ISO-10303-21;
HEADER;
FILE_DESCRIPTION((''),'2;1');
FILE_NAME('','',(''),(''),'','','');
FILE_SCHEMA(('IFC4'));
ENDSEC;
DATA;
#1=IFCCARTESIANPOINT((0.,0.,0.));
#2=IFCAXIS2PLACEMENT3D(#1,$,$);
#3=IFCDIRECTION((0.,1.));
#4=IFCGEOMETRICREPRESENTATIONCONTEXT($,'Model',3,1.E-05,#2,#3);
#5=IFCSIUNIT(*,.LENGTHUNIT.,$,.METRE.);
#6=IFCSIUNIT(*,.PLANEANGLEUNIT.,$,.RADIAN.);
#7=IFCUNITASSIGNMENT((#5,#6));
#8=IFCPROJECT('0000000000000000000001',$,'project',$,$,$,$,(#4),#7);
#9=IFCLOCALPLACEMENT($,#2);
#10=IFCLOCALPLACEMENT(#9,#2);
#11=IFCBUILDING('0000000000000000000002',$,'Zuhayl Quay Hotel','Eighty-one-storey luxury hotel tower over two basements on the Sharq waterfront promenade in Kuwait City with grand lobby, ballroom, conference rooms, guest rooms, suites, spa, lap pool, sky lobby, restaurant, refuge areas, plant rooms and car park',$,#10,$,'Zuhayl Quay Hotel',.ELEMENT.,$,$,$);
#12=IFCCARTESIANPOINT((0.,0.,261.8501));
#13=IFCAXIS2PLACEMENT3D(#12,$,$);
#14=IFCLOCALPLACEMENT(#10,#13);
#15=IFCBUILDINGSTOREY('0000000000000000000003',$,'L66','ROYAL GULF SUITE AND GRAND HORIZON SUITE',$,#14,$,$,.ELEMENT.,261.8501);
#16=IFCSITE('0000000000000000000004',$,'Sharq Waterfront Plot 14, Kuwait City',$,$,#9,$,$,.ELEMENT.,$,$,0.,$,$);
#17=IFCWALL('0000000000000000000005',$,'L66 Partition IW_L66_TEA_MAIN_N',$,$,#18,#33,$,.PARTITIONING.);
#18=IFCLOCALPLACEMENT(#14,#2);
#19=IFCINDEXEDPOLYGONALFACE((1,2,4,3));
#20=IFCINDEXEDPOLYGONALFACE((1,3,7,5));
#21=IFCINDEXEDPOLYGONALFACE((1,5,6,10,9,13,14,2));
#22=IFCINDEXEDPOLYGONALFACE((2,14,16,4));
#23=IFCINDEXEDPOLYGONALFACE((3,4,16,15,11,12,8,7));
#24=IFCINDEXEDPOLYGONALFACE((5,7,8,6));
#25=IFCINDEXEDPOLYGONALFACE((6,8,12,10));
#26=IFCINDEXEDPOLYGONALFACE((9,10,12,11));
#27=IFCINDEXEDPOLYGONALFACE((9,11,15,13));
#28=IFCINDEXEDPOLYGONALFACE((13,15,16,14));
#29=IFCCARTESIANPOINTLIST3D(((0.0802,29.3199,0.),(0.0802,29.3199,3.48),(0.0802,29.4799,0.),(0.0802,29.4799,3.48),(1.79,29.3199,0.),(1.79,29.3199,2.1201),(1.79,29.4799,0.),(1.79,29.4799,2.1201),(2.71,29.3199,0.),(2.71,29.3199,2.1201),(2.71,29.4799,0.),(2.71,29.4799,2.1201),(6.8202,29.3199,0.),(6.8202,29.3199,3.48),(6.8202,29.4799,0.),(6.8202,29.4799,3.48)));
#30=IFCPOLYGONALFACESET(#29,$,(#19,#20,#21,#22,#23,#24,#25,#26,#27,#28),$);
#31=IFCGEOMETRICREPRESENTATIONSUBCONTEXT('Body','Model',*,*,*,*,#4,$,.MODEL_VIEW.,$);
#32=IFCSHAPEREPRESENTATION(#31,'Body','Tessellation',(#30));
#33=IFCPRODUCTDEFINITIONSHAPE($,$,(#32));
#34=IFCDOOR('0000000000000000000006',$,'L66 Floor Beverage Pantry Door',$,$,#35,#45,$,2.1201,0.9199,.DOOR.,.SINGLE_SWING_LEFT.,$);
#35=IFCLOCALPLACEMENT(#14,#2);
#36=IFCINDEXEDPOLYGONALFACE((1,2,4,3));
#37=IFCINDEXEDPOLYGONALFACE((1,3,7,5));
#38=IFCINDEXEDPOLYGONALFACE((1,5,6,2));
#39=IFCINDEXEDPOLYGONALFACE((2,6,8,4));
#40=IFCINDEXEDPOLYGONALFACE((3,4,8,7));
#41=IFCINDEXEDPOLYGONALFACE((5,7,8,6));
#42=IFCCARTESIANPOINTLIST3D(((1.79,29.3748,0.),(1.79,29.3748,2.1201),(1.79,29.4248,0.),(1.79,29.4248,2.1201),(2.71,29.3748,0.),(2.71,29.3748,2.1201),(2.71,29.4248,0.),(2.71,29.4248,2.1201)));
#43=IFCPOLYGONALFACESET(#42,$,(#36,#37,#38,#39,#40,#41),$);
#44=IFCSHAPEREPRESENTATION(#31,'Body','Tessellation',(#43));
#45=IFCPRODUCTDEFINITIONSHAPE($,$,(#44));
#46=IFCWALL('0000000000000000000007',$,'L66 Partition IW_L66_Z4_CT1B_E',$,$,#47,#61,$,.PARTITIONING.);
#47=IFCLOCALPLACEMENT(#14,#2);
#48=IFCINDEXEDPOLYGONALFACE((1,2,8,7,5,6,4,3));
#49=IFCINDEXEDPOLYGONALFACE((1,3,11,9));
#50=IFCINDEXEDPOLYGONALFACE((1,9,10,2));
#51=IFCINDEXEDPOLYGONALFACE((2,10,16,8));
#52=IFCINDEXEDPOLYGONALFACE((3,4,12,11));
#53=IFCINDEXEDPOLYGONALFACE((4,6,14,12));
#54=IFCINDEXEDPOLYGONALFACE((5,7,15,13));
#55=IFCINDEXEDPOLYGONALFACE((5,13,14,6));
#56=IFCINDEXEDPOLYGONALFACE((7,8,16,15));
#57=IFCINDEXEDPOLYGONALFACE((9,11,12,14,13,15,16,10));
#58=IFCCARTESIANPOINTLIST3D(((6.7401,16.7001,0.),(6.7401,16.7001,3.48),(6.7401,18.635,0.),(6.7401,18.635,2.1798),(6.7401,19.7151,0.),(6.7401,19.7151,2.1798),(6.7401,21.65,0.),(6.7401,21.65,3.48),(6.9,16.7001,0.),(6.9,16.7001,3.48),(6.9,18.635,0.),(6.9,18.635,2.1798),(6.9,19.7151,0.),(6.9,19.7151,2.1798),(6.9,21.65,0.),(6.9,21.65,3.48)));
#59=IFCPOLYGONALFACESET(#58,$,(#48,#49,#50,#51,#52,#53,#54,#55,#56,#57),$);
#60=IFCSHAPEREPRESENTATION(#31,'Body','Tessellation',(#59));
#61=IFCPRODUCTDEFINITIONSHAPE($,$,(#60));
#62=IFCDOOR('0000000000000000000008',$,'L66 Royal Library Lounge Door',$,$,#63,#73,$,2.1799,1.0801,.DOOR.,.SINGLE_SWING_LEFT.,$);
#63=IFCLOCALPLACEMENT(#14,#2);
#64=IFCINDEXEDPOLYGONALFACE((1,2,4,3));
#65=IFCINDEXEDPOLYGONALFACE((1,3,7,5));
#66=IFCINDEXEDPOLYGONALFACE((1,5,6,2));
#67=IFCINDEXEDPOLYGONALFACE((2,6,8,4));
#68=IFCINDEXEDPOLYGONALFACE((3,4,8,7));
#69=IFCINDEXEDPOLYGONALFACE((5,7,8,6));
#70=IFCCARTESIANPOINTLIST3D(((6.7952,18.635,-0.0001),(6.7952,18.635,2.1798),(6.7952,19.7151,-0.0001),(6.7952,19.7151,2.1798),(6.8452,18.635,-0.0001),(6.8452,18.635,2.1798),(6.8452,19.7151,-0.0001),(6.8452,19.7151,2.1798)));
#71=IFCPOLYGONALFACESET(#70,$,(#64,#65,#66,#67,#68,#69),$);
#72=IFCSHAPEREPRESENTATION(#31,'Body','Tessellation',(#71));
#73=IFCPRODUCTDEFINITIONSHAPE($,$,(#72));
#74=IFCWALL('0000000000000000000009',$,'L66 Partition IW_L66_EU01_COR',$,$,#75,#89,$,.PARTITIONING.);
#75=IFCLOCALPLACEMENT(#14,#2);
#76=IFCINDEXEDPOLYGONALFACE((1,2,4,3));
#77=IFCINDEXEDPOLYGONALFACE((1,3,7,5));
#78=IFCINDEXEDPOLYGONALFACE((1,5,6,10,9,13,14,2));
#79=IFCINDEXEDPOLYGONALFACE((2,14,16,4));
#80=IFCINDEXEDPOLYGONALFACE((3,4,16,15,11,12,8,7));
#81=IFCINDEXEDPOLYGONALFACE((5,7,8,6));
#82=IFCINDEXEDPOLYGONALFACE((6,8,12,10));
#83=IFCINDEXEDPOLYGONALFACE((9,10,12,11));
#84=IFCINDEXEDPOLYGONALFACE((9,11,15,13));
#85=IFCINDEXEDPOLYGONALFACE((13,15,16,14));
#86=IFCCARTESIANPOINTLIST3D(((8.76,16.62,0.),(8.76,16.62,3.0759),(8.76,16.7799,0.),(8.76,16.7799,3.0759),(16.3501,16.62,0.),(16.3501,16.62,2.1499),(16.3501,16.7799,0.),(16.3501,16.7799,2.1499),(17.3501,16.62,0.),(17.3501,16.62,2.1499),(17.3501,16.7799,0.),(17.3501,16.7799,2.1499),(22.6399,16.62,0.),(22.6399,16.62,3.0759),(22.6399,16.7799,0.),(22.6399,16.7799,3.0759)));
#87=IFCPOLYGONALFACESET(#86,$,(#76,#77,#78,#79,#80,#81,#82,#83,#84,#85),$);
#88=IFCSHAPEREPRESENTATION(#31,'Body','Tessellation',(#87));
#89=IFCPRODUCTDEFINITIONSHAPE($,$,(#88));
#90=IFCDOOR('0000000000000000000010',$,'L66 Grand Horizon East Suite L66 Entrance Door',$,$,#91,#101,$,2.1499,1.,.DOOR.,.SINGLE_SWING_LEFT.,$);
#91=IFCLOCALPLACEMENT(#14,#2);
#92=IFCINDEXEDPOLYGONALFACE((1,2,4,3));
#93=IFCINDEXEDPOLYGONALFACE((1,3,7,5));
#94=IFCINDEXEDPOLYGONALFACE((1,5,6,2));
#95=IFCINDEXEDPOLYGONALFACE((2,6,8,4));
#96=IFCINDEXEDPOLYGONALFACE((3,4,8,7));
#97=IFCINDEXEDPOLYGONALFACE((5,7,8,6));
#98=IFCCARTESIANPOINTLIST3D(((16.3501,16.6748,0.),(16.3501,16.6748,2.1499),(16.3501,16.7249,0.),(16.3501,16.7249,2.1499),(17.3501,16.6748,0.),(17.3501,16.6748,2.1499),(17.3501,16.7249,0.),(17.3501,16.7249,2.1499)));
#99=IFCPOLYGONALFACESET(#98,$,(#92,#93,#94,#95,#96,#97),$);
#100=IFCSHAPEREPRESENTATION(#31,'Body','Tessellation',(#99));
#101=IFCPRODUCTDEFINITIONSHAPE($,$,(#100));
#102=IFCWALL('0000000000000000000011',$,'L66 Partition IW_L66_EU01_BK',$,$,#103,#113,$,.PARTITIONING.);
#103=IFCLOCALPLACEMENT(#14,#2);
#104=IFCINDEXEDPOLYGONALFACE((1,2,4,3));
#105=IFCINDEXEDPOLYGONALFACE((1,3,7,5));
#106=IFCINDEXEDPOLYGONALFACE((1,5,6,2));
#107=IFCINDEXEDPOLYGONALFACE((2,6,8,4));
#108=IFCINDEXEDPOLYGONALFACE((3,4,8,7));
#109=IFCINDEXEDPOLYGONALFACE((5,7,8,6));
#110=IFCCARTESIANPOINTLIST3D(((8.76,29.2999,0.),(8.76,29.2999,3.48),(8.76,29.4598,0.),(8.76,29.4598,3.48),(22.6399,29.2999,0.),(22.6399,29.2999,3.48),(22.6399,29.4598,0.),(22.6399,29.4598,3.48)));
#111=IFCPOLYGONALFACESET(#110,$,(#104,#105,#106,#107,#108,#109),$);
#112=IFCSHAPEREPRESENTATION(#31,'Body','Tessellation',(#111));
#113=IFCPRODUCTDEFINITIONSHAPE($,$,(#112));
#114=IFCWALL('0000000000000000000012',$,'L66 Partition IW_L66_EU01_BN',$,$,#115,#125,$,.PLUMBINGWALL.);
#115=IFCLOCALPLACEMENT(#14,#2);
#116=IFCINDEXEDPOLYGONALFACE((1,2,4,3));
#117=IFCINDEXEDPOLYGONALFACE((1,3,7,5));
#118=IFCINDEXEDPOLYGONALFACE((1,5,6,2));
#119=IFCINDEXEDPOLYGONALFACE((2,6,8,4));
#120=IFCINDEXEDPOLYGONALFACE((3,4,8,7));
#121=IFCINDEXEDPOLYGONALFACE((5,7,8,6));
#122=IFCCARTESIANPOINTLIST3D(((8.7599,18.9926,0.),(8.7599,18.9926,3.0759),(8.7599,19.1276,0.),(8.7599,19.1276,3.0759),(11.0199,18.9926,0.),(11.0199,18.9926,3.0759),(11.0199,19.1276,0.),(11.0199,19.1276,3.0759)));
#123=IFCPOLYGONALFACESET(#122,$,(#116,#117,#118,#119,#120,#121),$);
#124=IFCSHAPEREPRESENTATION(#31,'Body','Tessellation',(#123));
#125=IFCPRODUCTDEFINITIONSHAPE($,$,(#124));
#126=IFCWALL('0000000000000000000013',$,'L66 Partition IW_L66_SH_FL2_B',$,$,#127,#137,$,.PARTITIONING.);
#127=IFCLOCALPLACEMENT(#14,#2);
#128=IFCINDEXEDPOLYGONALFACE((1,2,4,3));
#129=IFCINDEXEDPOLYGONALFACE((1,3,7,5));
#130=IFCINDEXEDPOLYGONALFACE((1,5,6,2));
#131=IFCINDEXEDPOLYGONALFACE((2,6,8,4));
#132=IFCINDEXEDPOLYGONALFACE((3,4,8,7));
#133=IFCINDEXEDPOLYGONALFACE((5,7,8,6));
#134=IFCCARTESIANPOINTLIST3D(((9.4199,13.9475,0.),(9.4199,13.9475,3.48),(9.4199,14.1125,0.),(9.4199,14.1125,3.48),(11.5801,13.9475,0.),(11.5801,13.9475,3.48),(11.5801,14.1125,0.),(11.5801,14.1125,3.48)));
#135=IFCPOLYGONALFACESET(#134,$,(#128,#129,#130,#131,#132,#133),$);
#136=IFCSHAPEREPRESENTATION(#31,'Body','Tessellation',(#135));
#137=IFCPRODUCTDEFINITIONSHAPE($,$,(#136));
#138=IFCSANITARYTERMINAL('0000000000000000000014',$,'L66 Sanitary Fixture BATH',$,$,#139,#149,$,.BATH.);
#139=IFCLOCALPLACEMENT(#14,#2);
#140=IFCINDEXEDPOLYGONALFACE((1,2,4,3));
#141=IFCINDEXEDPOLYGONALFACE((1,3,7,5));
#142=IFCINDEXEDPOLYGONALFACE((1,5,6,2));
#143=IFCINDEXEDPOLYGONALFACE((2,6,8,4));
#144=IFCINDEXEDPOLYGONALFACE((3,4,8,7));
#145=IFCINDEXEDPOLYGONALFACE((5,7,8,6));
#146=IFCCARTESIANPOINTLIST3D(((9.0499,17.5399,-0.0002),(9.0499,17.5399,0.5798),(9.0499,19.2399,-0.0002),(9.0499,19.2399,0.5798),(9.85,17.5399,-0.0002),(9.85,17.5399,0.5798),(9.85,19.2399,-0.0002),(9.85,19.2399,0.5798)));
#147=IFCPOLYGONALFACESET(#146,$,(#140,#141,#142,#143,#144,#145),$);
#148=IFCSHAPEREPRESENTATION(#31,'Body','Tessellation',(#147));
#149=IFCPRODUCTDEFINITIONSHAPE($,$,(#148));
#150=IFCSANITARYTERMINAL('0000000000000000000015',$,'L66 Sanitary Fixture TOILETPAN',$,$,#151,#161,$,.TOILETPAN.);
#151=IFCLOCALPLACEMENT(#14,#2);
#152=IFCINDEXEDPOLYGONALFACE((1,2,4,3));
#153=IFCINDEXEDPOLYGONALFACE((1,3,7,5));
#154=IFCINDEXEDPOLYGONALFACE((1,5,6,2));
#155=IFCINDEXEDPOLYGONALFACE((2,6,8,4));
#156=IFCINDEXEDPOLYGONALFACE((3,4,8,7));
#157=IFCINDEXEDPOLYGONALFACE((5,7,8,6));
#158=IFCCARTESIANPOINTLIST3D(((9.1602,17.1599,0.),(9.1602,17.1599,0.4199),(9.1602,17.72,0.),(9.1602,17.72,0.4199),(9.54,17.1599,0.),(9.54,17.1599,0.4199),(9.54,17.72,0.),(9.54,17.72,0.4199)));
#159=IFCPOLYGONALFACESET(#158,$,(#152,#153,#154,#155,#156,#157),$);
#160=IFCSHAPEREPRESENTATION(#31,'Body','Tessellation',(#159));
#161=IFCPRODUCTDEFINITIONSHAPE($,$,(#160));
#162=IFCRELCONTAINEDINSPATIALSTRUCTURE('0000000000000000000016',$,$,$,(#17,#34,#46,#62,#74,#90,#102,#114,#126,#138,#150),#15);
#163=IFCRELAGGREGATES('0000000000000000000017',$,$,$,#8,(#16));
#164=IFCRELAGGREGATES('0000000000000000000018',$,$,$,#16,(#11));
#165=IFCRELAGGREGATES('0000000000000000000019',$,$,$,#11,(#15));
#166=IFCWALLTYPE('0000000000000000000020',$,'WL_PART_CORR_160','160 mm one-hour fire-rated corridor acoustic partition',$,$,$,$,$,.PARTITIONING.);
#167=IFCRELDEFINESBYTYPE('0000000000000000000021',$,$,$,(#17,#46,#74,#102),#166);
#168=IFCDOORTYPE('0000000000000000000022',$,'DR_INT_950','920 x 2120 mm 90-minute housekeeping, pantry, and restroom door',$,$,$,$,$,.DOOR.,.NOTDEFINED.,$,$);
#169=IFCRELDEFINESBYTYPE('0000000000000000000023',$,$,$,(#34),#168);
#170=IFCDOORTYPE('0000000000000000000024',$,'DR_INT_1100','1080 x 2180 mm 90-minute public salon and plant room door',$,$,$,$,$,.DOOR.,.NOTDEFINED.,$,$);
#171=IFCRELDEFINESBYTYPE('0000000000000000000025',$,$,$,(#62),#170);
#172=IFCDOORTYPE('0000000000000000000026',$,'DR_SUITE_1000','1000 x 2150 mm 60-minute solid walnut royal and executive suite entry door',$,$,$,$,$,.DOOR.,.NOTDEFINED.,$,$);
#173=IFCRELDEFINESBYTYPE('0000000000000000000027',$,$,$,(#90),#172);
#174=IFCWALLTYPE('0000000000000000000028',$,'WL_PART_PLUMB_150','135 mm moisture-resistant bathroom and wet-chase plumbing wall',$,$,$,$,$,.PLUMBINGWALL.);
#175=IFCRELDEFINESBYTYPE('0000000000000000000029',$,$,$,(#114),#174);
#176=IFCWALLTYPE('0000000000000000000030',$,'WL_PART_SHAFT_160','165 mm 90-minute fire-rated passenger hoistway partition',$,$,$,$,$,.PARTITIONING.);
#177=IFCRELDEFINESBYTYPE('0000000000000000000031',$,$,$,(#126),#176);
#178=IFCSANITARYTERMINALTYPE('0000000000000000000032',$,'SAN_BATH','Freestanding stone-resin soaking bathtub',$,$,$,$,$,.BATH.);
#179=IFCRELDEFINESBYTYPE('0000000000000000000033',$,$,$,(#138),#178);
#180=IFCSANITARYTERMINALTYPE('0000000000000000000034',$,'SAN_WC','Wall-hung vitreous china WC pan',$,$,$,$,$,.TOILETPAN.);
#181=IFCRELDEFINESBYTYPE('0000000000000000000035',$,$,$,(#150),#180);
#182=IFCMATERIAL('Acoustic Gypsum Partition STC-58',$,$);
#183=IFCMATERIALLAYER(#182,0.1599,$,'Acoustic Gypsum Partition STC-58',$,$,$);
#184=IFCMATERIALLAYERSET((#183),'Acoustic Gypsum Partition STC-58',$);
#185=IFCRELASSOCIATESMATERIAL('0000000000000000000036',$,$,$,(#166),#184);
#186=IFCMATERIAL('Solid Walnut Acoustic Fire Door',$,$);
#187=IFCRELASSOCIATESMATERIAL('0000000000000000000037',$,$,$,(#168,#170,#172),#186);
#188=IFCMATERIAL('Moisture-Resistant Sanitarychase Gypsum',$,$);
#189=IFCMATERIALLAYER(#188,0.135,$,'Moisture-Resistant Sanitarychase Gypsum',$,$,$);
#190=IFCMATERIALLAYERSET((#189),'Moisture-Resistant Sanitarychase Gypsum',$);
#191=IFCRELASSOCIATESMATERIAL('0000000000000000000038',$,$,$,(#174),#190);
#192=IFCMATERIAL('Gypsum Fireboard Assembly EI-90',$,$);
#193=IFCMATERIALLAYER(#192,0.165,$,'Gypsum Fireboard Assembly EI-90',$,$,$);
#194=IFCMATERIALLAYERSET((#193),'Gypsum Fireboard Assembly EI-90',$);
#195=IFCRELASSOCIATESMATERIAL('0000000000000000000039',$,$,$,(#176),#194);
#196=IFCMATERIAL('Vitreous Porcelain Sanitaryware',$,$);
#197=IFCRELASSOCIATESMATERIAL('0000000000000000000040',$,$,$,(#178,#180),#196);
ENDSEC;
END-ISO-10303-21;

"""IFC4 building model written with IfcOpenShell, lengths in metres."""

from ifc_helpers import new_model, si_unit, direction, frame, frame_2d, origin, origin_2d, place, context, subcontext, project, spatial, rectangle, extrude, material, layer, layer_set, type_object, element, fill, save


model = new_model("IFC4")

# Units and contexts
model_context = context("Model", 3, precision=1e-05, world=origin(), true_north=direction((0.0, 1.0)))
body_context = subcontext(model_context, "Body", "Model", "MODEL_VIEW")
ifc_project = project(units=[si_unit("LENGTHUNIT", "METRE"), si_unit("PLANEANGLEUNIT", "RADIAN")], contexts=[model_context])

# Site, building, storey
site_placement = place(None, origin())
site = spatial("IfcSite", under=ifc_project, at=site_placement, Name="Sharq Waterfront Plot 14, Kuwait City", CompositionType="ELEMENT", RefElevation=0.0)
building_placement = place(site_placement, origin())
building = spatial("IfcBuilding", under=site, at=building_placement, Name="Zuhayl Quay Hotel", Description="Eighty-one-storey luxury hotel tower over two basements on the Sharq waterfront promenade in Kuwait City with grand lobby, ballroom, conference rooms, guest rooms, suites, spa, lap pool, sky lobby, restaurant, refuge areas, plant rooms and car park", LongName="Zuhayl Quay Hotel", CompositionType="ELEMENT")
storey_placement = place(building_placement, frame((0.0, 0.0, 261.8501)))
storey = spatial("IfcBuildingStorey", under=building, at=storey_placement, Name="L66", Description="ROYAL GULF SUITE AND GRAND HORIZON SUITE", CompositionType="ELEMENT", Elevation=261.8501)

# Shared definitions
ifc_material_1 = material(Name="Acoustic Gypsum Partition STC-58")

# Walls, openings, doors
ifc_layer_1 = layer(ifc_material_1, 0.1599, Name="Acoustic Gypsum Partition STC-58")
ifc_layer_set_1 = layer_set([ifc_layer_1], Name="Acoustic Gypsum Partition STC-58")
wall_type_1 = type_object("IfcWallType", Name="WL_PART_CORR_160", Description="160 mm one-hour fire-rated corridor acoustic partition", PredefinedType="PARTITIONING", material=ifc_layer_set_1)
wall_1_placement = place(storey_placement, frame((0.0801, 29.3999, 0.0), z_axis=(0.0, 0.0, 1.0), x_axis=(1.0, 0.0, 0.0)))
wall_1 = element("IfcWall", 1, at=wall_1_placement, inside=storey, type_object=wall_type_1, Name="L66 Partition IW_L66_TEA_MAIN_N", PredefinedType="PARTITIONING", context=body_context, shape_type="SweptSolid", body=[
    extrude(rectangle(XDim=6.74, YDim=0.1599, at=frame_2d((3.3701, 0.0))), origin(), (0.0, 0.0, 1.0), 3.48),
])
opening_1_placement = place(wall_1_placement, frame((1.71, 0.0, 0.0)))
opening_1 = element("IfcOpeningElement", 2, at=opening_1_placement, cuts=wall_1, PredefinedType="OPENING", context=body_context, shape_type="SweptSolid", body=[
    extrude(rectangle(XDim=0.9199, YDim=2.1201, at=frame_2d((0.46, 1.0601))), frame((0.0, 0.0898, 0.0), z_axis=(0.0, -1.0, 0.0), x_axis=(1.0, 0.0, 0.0)), (0.0, 0.0, 1.0), 0.1799),
])
ifc_material_2 = material(Name="Solid Walnut Acoustic Fire Door")
door_type_1 = type_object("IfcDoorType", Name="DR_INT_950", Description="920 x 2120 mm 90-minute housekeeping, pantry, and restroom door", OperationType="NOTDEFINED", PredefinedType="DOOR", material=ifc_material_2)
door_1_placement = place(opening_1_placement, origin())
door_1 = element("IfcDoor", 3, at=door_1_placement, inside=storey, type_object=door_type_1, Name="L66 Floor Beverage Pantry Door", OperationType="SINGLE_SWING_LEFT", OverallHeight=2.1201, OverallWidth=0.9199, PredefinedType="DOOR", context=body_context, shape_type="SweptSolid", body=[
    extrude(rectangle(XDim=0.9199, YDim=2.1201, at=frame_2d((0.46, 1.0601))), frame((0.0, 0.0249, 0.0), z_axis=(0.0, -1.0, 0.0), x_axis=(1.0, 0.0, 0.0)), (0.0, 0.0, 1.0), 0.05),
])
fill(opening_1, door_1)
wall_2_placement = place(storey_placement, frame((6.8201, 16.7, 0.0), z_axis=(0.0, 0.0, 1.0), x_axis=(0.0, 1.0, 0.0)))
wall_2 = element("IfcWall", 4, at=wall_2_placement, inside=storey, type_object=wall_type_1, Name="L66 Partition IW_L66_Z4_CT1B_E", PredefinedType="PARTITIONING", context=body_context, shape_type="SweptSolid", body=[
    extrude(rectangle(XDim=4.95, YDim=0.1599, at=frame_2d((2.4751, 0.0))), origin(), (0.0, 0.0, 1.0), 3.48),
])
opening_2_placement = place(wall_2_placement, frame((1.9351, 0.0, 0.0)))
opening_2 = element("IfcOpeningElement", 5, at=opening_2_placement, cuts=wall_2, PredefinedType="OPENING", context=body_context, shape_type="SweptSolid", body=[
    extrude(rectangle(XDim=1.0801, YDim=2.1799, at=frame_2d((0.54, 1.0898))), frame((0.0, 0.0898, 0.0), z_axis=(0.0, -1.0, 0.0), x_axis=(1.0, 0.0, 0.0)), (0.0, 0.0, 1.0), 0.1799),
])
door_type_2 = type_object("IfcDoorType", Name="DR_INT_1100", Description="1080 x 2180 mm 90-minute public salon and plant room door", OperationType="NOTDEFINED", PredefinedType="DOOR", material=ifc_material_2)
door_2_placement = place(opening_2_placement, origin())
door_2 = element("IfcDoor", 6, at=door_2_placement, inside=storey, type_object=door_type_2, Name="L66 Royal Library Lounge Door", OperationType="SINGLE_SWING_LEFT", OverallHeight=2.1799, OverallWidth=1.0801, PredefinedType="DOOR", context=body_context, shape_type="SweptSolid", body=[
    extrude(rectangle(XDim=1.0801, YDim=2.1799, at=frame_2d((0.54, 1.0898))), frame((0.0, 0.0249, 0.0), z_axis=(0.0, -1.0, 0.0), x_axis=(1.0, 0.0, 0.0)), (0.0, 0.0, 1.0), 0.05),
])
fill(opening_2, door_2)
wall_3_placement = place(storey_placement, frame((8.76, 16.7, 0.0), z_axis=(0.0, 0.0, 1.0), x_axis=(1.0, 0.0, 0.0)))
wall_3 = element("IfcWall", 7, at=wall_3_placement, inside=storey, type_object=wall_type_1, Name="L66 Partition IW_L66_EU01_COR", PredefinedType="PARTITIONING", context=body_context, shape_type="SweptSolid", body=[
    extrude(rectangle(XDim=13.8799, YDim=0.1599, at=frame_2d((6.9399, 0.0))), origin(), (0.0, 0.0, 1.0), 3.0759),
])
opening_3_placement = place(wall_3_placement, frame((7.5901, 0.0, 0.0)))
opening_3 = element("IfcOpeningElement", 8, at=opening_3_placement, cuts=wall_3, PredefinedType="OPENING", context=body_context, shape_type="SweptSolid", body=[
    extrude(rectangle(XDim=1.0, YDim=2.1499, at=frame_2d((0.5, 1.075))), frame((0.0, 0.0898, 0.0), z_axis=(0.0, -1.0, 0.0), x_axis=(1.0, 0.0, 0.0)), (0.0, 0.0, 1.0), 0.1799),
])
door_type_3 = type_object("IfcDoorType", Name="DR_SUITE_1000", Description="1000 x 2150 mm 60-minute solid walnut royal and executive suite entry door", OperationType="NOTDEFINED", PredefinedType="DOOR", material=ifc_material_2)
door_3_placement = place(opening_3_placement, origin())
door_3 = element("IfcDoor", 9, at=door_3_placement, inside=storey, type_object=door_type_3, Name="L66 Grand Horizon East Suite L66 Entrance Door", OperationType="SINGLE_SWING_LEFT", OverallHeight=2.1499, OverallWidth=1.0, PredefinedType="DOOR", context=body_context, shape_type="SweptSolid", body=[
    extrude(rectangle(XDim=1.0, YDim=2.1499, at=frame_2d((0.5, 1.075))), frame((0.0, 0.0249, 0.0), z_axis=(0.0, -1.0, 0.0), x_axis=(1.0, 0.0, 0.0)), (0.0, 0.0, 1.0), 0.05),
])
fill(opening_3, door_3)

# Walls
wall_4_placement = place(storey_placement, frame((8.76, 29.3799, 0.0), z_axis=(0.0, 0.0, 1.0), x_axis=(1.0, 0.0, 0.0)))
element("IfcWall", 10, at=wall_4_placement, inside=storey, type_object=wall_type_1, Name="L66 Partition IW_L66_EU01_BK", PredefinedType="PARTITIONING", context=body_context, shape_type="SweptSolid", body=[
    extrude(rectangle(XDim=13.8799, YDim=0.1599, at=frame_2d((6.9399, 0.0))), origin(), (0.0, 0.0, 1.0), 3.48),
])
ifc_material_3 = material(Name="Moisture-Resistant Sanitarychase Gypsum")
ifc_layer_2 = layer(ifc_material_3, 0.135, Name="Moisture-Resistant Sanitarychase Gypsum")
ifc_layer_set_2 = layer_set([ifc_layer_2], Name="Moisture-Resistant Sanitarychase Gypsum")
wall_type_2 = type_object("IfcWallType", Name="WL_PART_PLUMB_150", Description="135 mm moisture-resistant bathroom and wet-chase plumbing wall", PredefinedType="PLUMBINGWALL", material=ifc_layer_set_2)
wall_5_placement = place(storey_placement, frame((8.76, 19.0601, 0.0), z_axis=(0.0, 0.0, 1.0), x_axis=(1.0, 0.0, 0.0)))
element("IfcWall", 11, at=wall_5_placement, inside=storey, type_object=wall_type_2, Name="L66 Partition IW_L66_EU01_BN", PredefinedType="PLUMBINGWALL", context=body_context, shape_type="SweptSolid", body=[
    extrude(rectangle(XDim=2.26, YDim=0.135, at=frame_2d((1.1299, 0.0))), origin(), (0.0, 0.0, 1.0), 3.0759),
])
ifc_material_4 = material(Name="Gypsum Fireboard Assembly EI-90")
ifc_layer_3 = layer(ifc_material_4, 0.165, Name="Gypsum Fireboard Assembly EI-90")
ifc_layer_set_3 = layer_set([ifc_layer_3], Name="Gypsum Fireboard Assembly EI-90")
wall_type_3 = type_object("IfcWallType", Name="WL_PART_SHAFT_160", Description="165 mm 90-minute fire-rated passenger hoistway partition", PredefinedType="PARTITIONING", material=ifc_layer_set_3)
wall_6_placement = place(storey_placement, frame((9.4199, 14.03, 0.0), z_axis=(0.0, 0.0, 1.0), x_axis=(1.0, 0.0, 0.0)))
element("IfcWall", 12, at=wall_6_placement, inside=storey, type_object=wall_type_3, Name="L66 Partition IW_L66_SH_FL2_B", PredefinedType="PARTITIONING", context=body_context, shape_type="SweptSolid", body=[
    extrude(rectangle(XDim=2.1602, YDim=0.165, at=frame_2d((1.0801, 0.0))), origin(), (0.0, 0.0, 1.0), 3.48),
])

# Sanitary terminals
ifc_material_5 = material(Name="Vitreous Porcelain Sanitaryware")
sanitary_terminal_type_1 = type_object("IfcSanitaryTerminalType", Name="SAN_BATH", Description="Freestanding stone-resin soaking bathtub", PredefinedType="BATH", material=ifc_material_5)
sanitary_terminal_1_placement = place(storey_placement, frame((9.45, 18.3899, -0.0002), z_axis=(0.0, 0.0, 1.0), x_axis=(1.0, 0.0, 0.0)))
element("IfcSanitaryTerminal", 13, at=sanitary_terminal_1_placement, inside=storey, type_object=sanitary_terminal_type_1, Name="L66 Sanitary Fixture BATH", PredefinedType="BATH", context=body_context, shape_type="SweptSolid", body=[
    extrude(rectangle(XDim=0.8, YDim=1.7, at=origin_2d()), origin(), (0.0, 0.0, 1.0), 0.5801),
])
sanitary_terminal_type_2 = type_object("IfcSanitaryTerminalType", Name="SAN_WC", Description="Wall-hung vitreous china WC pan", PredefinedType="TOILETPAN", material=ifc_material_5)
sanitary_terminal_2_placement = place(storey_placement, frame((9.3501, 17.4399, 0.0), z_axis=(0.0, 0.0, 1.0), x_axis=(1.0, 0.0, 0.0)))
element("IfcSanitaryTerminal", 14, at=sanitary_terminal_2_placement, inside=storey, type_object=sanitary_terminal_type_2, Name="L66 Sanitary Fixture TOILETPAN", PredefinedType="TOILETPAN", context=body_context, shape_type="SweptSolid", body=[
    extrude(rectangle(XDim=0.3799, YDim=0.5601, at=origin_2d()), origin(), (0.0, 0.0, 1.0), 0.4199),
])

save(model, "model.ifc")
